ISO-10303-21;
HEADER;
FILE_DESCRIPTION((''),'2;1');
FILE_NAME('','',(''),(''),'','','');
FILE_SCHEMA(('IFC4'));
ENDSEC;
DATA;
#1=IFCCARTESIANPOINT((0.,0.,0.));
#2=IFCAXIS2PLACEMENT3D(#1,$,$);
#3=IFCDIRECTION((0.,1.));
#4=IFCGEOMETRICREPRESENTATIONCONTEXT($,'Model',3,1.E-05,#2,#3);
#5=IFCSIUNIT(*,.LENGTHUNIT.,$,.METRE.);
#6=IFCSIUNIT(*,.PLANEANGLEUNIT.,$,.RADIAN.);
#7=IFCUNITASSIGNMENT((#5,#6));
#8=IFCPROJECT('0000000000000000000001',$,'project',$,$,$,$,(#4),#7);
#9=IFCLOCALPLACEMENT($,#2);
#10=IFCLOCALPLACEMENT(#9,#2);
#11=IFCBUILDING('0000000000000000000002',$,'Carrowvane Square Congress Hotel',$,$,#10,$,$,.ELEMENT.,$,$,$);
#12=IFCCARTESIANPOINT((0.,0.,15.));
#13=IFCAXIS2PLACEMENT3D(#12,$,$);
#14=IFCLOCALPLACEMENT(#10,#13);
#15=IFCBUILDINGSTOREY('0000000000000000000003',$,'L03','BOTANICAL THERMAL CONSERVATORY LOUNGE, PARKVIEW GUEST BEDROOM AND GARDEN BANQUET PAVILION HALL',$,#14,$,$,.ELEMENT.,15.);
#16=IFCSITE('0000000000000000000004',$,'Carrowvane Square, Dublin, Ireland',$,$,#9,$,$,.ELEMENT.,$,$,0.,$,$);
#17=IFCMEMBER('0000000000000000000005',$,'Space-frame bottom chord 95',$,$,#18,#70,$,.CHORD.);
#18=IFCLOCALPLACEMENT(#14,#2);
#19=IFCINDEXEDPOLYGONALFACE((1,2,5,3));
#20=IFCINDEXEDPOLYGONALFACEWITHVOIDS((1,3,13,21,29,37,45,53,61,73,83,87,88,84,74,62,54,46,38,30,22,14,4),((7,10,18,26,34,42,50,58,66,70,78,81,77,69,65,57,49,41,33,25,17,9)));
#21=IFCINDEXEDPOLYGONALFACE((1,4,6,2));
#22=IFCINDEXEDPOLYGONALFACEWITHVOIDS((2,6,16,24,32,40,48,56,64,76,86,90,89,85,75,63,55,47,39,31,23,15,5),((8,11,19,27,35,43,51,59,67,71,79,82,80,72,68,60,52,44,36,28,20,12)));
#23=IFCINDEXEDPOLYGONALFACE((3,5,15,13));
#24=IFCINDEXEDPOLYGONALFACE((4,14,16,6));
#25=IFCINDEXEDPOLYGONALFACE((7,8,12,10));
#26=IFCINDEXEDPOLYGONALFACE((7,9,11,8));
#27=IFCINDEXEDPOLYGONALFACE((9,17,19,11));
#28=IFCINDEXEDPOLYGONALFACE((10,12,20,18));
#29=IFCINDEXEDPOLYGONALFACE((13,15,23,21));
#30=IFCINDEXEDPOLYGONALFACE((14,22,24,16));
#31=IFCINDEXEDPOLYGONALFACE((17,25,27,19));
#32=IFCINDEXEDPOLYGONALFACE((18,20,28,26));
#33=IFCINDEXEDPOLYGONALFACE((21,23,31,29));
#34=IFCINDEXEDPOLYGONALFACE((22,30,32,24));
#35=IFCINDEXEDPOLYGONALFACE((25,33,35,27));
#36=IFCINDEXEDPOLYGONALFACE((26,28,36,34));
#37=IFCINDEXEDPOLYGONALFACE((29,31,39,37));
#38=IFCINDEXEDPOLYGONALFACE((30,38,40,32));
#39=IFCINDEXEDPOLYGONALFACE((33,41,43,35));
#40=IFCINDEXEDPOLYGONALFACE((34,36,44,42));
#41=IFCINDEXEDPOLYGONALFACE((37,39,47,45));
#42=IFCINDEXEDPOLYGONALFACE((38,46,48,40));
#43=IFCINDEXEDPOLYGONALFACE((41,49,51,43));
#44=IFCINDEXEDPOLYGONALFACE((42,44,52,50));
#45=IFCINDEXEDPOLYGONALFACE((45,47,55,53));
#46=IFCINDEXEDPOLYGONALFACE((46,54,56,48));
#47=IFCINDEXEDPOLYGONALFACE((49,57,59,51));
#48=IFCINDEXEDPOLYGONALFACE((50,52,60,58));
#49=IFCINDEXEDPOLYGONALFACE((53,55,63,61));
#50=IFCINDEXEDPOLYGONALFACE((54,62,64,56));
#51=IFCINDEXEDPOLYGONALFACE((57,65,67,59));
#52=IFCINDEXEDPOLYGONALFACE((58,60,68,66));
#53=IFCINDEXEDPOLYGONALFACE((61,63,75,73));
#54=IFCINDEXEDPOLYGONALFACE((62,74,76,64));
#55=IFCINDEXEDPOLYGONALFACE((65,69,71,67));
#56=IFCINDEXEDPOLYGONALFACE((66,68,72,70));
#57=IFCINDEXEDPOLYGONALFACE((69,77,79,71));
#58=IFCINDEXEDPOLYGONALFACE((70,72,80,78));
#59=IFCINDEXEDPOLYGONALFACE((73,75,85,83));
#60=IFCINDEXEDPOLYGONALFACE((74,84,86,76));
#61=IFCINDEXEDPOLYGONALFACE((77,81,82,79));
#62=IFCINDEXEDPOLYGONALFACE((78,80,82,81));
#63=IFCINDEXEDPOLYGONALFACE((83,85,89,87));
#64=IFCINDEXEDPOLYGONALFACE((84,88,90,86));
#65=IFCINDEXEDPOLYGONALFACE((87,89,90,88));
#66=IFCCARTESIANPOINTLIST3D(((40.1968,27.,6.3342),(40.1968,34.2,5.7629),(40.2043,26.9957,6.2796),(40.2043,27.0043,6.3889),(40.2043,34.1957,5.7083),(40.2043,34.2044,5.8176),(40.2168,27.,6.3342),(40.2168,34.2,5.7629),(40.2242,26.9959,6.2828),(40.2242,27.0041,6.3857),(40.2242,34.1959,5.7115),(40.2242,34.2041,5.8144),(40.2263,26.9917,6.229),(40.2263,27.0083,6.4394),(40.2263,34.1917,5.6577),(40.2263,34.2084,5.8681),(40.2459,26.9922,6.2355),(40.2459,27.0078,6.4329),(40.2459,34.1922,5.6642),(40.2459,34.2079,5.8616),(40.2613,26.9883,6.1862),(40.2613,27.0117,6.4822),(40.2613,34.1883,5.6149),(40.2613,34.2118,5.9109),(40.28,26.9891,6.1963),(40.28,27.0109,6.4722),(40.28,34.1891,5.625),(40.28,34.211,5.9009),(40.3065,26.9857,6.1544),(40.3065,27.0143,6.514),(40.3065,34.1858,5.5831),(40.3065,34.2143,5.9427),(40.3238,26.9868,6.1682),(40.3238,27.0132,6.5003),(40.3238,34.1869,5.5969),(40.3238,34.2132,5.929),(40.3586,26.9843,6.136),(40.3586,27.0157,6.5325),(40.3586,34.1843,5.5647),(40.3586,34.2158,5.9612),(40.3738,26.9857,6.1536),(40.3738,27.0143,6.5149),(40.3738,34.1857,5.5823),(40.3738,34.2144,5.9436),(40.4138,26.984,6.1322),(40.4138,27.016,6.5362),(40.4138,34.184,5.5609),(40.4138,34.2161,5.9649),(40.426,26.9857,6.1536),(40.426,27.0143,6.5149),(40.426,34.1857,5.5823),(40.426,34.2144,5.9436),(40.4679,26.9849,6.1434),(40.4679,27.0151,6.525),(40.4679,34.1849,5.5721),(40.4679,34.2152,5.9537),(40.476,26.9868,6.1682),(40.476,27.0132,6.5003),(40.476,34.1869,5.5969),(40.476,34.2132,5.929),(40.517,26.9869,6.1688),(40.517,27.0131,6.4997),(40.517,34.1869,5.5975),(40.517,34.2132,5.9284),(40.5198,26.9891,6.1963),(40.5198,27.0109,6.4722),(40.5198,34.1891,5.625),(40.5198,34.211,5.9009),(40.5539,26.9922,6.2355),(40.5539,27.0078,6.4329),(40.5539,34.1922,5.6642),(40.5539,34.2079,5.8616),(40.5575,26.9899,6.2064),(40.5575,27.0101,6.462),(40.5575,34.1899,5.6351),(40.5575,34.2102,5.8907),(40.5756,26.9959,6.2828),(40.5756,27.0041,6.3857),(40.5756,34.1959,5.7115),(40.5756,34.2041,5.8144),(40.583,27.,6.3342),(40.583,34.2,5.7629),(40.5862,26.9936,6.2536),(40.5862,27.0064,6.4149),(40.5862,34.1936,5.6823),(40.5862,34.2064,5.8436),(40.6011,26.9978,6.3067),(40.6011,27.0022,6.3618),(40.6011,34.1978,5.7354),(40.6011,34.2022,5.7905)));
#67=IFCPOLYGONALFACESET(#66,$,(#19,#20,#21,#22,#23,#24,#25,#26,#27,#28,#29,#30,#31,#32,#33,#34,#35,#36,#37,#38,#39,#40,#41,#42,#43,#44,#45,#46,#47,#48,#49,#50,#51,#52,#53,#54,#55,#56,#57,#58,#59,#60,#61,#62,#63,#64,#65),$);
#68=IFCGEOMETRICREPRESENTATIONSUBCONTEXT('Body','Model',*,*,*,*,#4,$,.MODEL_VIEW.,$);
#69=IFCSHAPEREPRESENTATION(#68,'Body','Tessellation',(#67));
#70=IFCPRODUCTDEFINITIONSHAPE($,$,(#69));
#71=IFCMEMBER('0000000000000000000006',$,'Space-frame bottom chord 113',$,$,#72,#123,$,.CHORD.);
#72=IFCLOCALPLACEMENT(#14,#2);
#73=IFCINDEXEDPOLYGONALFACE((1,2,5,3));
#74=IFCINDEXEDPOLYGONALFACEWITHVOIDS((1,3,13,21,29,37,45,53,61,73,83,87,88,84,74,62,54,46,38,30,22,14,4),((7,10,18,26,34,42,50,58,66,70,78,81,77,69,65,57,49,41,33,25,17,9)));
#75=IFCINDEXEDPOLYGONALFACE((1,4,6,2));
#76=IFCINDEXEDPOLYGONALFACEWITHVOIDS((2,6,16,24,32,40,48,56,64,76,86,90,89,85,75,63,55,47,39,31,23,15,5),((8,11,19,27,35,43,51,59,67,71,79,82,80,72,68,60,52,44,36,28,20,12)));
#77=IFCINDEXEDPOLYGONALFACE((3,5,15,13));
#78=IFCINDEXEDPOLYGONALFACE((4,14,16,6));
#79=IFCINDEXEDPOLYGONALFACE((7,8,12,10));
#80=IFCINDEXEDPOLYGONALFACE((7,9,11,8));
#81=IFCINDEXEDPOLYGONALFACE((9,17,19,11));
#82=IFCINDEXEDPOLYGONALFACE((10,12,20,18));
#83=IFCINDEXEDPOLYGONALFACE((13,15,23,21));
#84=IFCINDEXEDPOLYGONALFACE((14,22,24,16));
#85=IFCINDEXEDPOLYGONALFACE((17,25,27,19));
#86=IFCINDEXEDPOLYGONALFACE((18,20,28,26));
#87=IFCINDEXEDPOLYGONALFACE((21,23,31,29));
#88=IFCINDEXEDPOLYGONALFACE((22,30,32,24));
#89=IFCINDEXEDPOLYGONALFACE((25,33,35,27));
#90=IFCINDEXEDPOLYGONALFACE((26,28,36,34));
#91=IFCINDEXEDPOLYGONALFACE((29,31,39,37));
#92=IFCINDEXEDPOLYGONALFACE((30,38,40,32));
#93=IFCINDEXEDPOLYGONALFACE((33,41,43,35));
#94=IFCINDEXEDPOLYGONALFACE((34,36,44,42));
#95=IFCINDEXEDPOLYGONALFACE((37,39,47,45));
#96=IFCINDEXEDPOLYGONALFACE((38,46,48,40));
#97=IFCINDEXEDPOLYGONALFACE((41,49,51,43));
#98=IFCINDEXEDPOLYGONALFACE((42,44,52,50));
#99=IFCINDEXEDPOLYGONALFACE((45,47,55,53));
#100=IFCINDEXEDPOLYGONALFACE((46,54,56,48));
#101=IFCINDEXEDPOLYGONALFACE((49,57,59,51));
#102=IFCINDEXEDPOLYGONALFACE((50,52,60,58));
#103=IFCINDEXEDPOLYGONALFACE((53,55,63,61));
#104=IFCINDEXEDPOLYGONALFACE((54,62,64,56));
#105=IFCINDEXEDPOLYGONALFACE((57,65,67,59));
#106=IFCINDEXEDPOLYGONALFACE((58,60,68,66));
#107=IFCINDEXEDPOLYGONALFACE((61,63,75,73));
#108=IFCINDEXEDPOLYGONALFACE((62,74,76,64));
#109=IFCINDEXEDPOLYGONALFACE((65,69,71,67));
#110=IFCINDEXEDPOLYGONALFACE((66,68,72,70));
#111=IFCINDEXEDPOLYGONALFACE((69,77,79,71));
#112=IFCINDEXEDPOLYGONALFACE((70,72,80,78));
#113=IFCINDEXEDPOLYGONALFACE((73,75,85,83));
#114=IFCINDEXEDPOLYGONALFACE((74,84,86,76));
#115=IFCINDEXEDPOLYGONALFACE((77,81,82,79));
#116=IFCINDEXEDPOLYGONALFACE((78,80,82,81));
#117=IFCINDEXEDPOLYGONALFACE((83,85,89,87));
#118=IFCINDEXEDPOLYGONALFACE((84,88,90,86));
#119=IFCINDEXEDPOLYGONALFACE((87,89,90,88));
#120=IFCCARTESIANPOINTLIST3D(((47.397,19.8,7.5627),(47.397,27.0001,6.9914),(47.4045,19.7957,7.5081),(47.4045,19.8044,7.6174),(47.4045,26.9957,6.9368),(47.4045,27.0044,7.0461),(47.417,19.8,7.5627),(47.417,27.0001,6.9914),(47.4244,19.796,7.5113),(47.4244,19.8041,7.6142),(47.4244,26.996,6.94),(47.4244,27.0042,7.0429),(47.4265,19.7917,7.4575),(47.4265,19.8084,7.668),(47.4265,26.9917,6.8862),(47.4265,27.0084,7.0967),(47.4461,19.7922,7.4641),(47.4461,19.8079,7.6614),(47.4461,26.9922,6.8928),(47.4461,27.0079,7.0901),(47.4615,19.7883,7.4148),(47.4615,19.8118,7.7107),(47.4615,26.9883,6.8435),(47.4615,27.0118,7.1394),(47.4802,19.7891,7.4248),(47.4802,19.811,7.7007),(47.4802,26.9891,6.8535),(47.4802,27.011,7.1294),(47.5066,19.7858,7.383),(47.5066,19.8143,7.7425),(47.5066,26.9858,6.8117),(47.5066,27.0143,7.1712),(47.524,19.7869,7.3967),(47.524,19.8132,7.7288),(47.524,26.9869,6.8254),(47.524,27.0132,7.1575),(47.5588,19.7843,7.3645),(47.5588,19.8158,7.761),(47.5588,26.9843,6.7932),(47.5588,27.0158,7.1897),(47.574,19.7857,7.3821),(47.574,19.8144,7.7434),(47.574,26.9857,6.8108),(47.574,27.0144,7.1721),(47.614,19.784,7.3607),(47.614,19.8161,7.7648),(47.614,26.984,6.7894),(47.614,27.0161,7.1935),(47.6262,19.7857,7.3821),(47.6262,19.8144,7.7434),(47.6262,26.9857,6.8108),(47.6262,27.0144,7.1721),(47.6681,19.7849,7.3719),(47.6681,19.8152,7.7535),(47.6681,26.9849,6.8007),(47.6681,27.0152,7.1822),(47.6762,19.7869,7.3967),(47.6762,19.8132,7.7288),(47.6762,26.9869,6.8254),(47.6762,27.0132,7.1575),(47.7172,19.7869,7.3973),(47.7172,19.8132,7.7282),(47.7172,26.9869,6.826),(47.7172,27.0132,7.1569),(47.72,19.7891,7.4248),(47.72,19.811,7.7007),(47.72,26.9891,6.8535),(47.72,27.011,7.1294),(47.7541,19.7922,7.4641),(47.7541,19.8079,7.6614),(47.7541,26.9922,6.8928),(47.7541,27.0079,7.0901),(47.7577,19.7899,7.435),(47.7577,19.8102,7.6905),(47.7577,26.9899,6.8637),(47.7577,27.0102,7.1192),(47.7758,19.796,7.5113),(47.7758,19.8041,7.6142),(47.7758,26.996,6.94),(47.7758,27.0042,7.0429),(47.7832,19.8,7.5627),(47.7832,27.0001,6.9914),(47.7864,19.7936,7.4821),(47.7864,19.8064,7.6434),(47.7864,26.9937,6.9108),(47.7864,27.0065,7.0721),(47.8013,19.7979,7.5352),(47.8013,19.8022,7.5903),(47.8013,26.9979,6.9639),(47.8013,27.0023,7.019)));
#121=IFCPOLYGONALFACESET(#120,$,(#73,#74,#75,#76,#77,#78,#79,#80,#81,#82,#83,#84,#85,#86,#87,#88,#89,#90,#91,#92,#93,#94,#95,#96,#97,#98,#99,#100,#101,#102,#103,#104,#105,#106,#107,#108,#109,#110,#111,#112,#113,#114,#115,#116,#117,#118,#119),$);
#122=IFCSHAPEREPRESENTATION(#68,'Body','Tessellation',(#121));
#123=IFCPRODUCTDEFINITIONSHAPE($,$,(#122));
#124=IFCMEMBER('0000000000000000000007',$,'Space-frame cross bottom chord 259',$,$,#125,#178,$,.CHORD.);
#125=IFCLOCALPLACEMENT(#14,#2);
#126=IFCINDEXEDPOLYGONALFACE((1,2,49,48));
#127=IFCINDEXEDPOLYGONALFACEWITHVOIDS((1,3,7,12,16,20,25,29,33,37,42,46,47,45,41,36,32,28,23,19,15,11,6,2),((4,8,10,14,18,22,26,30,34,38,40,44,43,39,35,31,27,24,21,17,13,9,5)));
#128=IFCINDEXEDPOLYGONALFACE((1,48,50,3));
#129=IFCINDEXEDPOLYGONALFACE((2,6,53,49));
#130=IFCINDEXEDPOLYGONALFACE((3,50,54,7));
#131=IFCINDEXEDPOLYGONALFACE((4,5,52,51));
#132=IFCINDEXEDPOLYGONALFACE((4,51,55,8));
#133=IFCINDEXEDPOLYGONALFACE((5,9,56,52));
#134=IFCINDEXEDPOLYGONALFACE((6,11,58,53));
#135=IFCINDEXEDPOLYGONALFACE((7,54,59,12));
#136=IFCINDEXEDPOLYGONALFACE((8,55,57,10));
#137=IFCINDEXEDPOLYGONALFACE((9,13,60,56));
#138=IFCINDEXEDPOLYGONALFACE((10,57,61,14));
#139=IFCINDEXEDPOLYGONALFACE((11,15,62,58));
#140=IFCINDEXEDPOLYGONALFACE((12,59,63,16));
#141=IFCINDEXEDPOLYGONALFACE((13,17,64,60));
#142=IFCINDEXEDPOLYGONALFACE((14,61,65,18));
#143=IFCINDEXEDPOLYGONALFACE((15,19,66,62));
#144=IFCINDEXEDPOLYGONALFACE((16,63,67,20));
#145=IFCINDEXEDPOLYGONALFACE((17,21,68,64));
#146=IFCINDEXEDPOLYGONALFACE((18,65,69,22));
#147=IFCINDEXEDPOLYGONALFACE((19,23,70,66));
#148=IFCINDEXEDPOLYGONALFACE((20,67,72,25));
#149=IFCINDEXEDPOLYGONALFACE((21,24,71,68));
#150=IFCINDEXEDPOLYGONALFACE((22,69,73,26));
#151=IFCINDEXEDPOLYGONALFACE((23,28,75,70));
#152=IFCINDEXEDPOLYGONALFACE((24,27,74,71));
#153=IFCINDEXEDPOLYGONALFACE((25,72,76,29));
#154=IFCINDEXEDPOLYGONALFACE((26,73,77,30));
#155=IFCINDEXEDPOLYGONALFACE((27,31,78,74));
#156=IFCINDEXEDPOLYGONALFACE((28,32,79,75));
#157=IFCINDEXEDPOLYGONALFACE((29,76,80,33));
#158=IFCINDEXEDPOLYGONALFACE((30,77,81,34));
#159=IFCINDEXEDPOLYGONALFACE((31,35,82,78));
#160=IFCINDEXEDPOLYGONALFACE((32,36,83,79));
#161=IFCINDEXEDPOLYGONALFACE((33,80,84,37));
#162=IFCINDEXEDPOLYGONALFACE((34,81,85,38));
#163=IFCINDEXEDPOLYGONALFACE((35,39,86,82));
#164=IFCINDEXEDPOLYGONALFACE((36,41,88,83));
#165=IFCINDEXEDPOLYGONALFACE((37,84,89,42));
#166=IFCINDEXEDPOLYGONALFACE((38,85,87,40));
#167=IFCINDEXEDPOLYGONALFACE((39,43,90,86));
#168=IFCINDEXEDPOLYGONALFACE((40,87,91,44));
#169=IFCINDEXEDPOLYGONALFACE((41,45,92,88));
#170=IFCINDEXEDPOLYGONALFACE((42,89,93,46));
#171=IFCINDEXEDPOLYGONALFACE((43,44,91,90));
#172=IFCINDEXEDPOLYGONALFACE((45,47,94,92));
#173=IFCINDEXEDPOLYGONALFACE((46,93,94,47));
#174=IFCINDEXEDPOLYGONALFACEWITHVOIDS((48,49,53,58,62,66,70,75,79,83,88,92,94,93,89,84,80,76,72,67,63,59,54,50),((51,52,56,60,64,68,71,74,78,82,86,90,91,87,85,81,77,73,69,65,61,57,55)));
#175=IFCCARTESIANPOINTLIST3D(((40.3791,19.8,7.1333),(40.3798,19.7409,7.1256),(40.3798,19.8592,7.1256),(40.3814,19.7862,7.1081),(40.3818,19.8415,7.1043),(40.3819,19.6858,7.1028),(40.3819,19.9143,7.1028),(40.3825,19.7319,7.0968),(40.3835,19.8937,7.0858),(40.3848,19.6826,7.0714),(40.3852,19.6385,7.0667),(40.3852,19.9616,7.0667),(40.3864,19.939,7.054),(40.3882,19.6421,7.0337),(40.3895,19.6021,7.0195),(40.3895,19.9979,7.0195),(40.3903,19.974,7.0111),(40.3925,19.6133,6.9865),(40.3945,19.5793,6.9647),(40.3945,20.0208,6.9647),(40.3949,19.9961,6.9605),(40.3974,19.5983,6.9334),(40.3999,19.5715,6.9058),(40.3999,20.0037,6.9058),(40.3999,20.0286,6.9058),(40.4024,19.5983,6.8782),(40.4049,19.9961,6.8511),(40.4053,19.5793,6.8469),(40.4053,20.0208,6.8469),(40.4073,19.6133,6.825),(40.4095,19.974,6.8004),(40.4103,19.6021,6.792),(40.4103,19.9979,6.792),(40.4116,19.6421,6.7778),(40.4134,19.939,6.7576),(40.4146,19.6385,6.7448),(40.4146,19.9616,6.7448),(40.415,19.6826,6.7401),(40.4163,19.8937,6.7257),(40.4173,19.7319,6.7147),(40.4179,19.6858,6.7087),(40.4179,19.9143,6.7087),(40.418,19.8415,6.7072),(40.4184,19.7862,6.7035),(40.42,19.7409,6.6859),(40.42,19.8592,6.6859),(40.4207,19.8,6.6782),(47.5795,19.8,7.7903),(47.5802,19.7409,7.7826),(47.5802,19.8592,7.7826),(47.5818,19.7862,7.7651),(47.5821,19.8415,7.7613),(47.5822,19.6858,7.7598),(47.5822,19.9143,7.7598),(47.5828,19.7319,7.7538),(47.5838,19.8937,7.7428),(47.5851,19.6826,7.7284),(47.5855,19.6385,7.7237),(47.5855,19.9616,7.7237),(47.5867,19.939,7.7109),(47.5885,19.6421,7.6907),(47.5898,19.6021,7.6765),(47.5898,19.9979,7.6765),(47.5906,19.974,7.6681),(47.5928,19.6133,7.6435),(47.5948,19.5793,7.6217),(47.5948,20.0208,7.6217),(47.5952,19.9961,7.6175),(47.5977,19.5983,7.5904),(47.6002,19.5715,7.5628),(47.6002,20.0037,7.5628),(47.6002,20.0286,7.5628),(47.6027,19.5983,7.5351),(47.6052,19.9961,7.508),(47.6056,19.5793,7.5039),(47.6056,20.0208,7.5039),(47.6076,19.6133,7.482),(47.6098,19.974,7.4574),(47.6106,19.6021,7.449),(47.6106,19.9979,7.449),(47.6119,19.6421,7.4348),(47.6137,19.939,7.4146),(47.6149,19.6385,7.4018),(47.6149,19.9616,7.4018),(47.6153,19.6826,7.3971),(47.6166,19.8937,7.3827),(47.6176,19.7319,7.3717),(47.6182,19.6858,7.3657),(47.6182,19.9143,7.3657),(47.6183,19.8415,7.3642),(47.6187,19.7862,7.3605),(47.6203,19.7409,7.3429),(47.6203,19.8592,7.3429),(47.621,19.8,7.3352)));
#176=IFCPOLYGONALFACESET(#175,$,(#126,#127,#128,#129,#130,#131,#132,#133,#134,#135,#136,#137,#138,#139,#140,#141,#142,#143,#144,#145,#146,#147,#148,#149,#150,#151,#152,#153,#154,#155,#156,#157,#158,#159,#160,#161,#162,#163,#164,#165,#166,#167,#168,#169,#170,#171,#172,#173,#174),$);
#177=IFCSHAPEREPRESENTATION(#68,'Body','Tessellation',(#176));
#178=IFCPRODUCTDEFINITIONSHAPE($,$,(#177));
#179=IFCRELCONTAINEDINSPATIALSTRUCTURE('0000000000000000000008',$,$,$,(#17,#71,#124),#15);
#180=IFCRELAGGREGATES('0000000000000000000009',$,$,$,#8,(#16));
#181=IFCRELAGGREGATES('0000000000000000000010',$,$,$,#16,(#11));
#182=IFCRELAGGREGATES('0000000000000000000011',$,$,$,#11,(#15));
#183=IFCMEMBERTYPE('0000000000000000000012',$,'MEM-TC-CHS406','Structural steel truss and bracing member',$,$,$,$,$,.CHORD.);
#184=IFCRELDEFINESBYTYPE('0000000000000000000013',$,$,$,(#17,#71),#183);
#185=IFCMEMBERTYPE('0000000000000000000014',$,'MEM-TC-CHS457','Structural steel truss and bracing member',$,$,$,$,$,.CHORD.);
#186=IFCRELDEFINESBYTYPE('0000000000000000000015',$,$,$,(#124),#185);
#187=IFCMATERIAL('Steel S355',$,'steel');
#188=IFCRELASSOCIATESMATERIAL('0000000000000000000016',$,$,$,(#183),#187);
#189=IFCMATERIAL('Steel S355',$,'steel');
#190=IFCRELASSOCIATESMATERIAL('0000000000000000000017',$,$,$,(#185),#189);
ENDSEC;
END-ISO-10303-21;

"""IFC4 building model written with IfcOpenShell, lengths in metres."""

from ifc_helpers import new_model, si_unit, direction, frame, origin, origin_2d, place, context, subcontext, project, spatial, hollow_circle, extrude, material, material_profile, profile_set, type_object, element, save


model = new_model("IFC4")

# Units and contexts
model_context = context("Model", 3, precision=1e-05, world=origin(), true_north=direction((0.0, 1.0)))
body_context = subcontext(model_context, "Body", "Model", "MODEL_VIEW")
ifc_project = project(units=[si_unit("LENGTHUNIT", "METRE"), si_unit("PLANEANGLEUNIT", "RADIAN")], contexts=[model_context])

# Site, building, storey
site_placement = place(None, origin())
site = spatial("IfcSite", under=ifc_project, at=site_placement, Name="Carrowvane Square, Dublin, Ireland", CompositionType="ELEMENT", RefElevation=0.0)
building_placement = place(site_placement, origin())
building = spatial("IfcBuilding", under=site, at=building_placement, Name="Carrowvane Square Congress Hotel", CompositionType="ELEMENT")
storey_placement = place(building_placement, frame((0.0, 0.0, 15.0)))
storey = spatial("IfcBuildingStorey", under=building, at=storey_placement, Name="L03", Description="BOTANICAL THERMAL CONSERVATORY LOUNGE, PARKVIEW GUEST BEDROOM AND GARDEN BANQUET PAVILION HALL", CompositionType="ELEMENT", Elevation=15.0)

# Members
ifc_material_1 = material(Name="Steel S355", Category="steel")
ifc_material_profile_1 = material_profile(ifc_material_1, hollow_circle(Radius=0.2031, WallThickness=0.02, at=origin_2d()), Name="CHS 406.4x20")
ifc_profile_set_1 = profile_set([ifc_material_profile_1], Name="Steel S355")
member_type_1 = type_object("IfcMemberType", Name="MEM-TC-CHS406", Description="Structural steel truss and bracing member", PredefinedType="CHORD", material=ifc_profile_set_1)
for number, where, z_axis, x_axis, name in (
    (1, (40.3999, 27.0, 6.3342), (0.0, 0.996867, -0.079098), (-1.0, 0.0, 0.0), "Space-frame bottom chord 95"),
    (2, (47.6001, 19.8, 7.5627), (0.0, 0.996867, -0.079098), (-1.0, 0.0, 0.0), "Space-frame bottom chord 113"),
):
    element("IfcMember", number, at=place(storey_placement, frame(where, z_axis=z_axis, x_axis=x_axis)), inside=storey, type_object=member_type_1, Name=name, PredefinedType="CHORD", context=body_context, shape_type="SweptSolid", body=[
        extrude(hollow_circle(Radius=0.2031, WallThickness=0.02, at=origin_2d()), origin(), (0.0, 0.0, 1.0), 7.2227),
    ])
ifc_material_2 = material(Name="Steel S355", Category="steel")
ifc_material_profile_2 = material_profile(ifc_material_2, hollow_circle(Radius=0.2285, WallThickness=0.0249, at=origin_2d()), Name="CHS 457.0x25")
ifc_profile_set_2 = profile_set([ifc_material_profile_2], Name="Steel S355")
member_type_2 = type_object("IfcMemberType", Name="MEM-TC-CHS457", Description="Structural steel truss and bracing member", PredefinedType="CHORD", material=ifc_profile_set_2)
member_1_placement = place(storey_placement, frame((40.3999, 19.8, 6.9058), z_axis=(0.995863, 0.0, 0.090868), x_axis=(0.0, 1.0, 0.0)))
element("IfcMember", 3, at=member_1_placement, inside=storey, type_object=member_type_2, Name="Space-frame cross bottom chord 259", PredefinedType="CHORD", context=body_context, shape_type="SweptSolid", body=[
    extrude(hollow_circle(Radius=0.2285, WallThickness=0.0249, at=origin_2d()), origin(), (0.0, 0.0, 1.0), 7.2302),
])

save(model, "model.ifc")
